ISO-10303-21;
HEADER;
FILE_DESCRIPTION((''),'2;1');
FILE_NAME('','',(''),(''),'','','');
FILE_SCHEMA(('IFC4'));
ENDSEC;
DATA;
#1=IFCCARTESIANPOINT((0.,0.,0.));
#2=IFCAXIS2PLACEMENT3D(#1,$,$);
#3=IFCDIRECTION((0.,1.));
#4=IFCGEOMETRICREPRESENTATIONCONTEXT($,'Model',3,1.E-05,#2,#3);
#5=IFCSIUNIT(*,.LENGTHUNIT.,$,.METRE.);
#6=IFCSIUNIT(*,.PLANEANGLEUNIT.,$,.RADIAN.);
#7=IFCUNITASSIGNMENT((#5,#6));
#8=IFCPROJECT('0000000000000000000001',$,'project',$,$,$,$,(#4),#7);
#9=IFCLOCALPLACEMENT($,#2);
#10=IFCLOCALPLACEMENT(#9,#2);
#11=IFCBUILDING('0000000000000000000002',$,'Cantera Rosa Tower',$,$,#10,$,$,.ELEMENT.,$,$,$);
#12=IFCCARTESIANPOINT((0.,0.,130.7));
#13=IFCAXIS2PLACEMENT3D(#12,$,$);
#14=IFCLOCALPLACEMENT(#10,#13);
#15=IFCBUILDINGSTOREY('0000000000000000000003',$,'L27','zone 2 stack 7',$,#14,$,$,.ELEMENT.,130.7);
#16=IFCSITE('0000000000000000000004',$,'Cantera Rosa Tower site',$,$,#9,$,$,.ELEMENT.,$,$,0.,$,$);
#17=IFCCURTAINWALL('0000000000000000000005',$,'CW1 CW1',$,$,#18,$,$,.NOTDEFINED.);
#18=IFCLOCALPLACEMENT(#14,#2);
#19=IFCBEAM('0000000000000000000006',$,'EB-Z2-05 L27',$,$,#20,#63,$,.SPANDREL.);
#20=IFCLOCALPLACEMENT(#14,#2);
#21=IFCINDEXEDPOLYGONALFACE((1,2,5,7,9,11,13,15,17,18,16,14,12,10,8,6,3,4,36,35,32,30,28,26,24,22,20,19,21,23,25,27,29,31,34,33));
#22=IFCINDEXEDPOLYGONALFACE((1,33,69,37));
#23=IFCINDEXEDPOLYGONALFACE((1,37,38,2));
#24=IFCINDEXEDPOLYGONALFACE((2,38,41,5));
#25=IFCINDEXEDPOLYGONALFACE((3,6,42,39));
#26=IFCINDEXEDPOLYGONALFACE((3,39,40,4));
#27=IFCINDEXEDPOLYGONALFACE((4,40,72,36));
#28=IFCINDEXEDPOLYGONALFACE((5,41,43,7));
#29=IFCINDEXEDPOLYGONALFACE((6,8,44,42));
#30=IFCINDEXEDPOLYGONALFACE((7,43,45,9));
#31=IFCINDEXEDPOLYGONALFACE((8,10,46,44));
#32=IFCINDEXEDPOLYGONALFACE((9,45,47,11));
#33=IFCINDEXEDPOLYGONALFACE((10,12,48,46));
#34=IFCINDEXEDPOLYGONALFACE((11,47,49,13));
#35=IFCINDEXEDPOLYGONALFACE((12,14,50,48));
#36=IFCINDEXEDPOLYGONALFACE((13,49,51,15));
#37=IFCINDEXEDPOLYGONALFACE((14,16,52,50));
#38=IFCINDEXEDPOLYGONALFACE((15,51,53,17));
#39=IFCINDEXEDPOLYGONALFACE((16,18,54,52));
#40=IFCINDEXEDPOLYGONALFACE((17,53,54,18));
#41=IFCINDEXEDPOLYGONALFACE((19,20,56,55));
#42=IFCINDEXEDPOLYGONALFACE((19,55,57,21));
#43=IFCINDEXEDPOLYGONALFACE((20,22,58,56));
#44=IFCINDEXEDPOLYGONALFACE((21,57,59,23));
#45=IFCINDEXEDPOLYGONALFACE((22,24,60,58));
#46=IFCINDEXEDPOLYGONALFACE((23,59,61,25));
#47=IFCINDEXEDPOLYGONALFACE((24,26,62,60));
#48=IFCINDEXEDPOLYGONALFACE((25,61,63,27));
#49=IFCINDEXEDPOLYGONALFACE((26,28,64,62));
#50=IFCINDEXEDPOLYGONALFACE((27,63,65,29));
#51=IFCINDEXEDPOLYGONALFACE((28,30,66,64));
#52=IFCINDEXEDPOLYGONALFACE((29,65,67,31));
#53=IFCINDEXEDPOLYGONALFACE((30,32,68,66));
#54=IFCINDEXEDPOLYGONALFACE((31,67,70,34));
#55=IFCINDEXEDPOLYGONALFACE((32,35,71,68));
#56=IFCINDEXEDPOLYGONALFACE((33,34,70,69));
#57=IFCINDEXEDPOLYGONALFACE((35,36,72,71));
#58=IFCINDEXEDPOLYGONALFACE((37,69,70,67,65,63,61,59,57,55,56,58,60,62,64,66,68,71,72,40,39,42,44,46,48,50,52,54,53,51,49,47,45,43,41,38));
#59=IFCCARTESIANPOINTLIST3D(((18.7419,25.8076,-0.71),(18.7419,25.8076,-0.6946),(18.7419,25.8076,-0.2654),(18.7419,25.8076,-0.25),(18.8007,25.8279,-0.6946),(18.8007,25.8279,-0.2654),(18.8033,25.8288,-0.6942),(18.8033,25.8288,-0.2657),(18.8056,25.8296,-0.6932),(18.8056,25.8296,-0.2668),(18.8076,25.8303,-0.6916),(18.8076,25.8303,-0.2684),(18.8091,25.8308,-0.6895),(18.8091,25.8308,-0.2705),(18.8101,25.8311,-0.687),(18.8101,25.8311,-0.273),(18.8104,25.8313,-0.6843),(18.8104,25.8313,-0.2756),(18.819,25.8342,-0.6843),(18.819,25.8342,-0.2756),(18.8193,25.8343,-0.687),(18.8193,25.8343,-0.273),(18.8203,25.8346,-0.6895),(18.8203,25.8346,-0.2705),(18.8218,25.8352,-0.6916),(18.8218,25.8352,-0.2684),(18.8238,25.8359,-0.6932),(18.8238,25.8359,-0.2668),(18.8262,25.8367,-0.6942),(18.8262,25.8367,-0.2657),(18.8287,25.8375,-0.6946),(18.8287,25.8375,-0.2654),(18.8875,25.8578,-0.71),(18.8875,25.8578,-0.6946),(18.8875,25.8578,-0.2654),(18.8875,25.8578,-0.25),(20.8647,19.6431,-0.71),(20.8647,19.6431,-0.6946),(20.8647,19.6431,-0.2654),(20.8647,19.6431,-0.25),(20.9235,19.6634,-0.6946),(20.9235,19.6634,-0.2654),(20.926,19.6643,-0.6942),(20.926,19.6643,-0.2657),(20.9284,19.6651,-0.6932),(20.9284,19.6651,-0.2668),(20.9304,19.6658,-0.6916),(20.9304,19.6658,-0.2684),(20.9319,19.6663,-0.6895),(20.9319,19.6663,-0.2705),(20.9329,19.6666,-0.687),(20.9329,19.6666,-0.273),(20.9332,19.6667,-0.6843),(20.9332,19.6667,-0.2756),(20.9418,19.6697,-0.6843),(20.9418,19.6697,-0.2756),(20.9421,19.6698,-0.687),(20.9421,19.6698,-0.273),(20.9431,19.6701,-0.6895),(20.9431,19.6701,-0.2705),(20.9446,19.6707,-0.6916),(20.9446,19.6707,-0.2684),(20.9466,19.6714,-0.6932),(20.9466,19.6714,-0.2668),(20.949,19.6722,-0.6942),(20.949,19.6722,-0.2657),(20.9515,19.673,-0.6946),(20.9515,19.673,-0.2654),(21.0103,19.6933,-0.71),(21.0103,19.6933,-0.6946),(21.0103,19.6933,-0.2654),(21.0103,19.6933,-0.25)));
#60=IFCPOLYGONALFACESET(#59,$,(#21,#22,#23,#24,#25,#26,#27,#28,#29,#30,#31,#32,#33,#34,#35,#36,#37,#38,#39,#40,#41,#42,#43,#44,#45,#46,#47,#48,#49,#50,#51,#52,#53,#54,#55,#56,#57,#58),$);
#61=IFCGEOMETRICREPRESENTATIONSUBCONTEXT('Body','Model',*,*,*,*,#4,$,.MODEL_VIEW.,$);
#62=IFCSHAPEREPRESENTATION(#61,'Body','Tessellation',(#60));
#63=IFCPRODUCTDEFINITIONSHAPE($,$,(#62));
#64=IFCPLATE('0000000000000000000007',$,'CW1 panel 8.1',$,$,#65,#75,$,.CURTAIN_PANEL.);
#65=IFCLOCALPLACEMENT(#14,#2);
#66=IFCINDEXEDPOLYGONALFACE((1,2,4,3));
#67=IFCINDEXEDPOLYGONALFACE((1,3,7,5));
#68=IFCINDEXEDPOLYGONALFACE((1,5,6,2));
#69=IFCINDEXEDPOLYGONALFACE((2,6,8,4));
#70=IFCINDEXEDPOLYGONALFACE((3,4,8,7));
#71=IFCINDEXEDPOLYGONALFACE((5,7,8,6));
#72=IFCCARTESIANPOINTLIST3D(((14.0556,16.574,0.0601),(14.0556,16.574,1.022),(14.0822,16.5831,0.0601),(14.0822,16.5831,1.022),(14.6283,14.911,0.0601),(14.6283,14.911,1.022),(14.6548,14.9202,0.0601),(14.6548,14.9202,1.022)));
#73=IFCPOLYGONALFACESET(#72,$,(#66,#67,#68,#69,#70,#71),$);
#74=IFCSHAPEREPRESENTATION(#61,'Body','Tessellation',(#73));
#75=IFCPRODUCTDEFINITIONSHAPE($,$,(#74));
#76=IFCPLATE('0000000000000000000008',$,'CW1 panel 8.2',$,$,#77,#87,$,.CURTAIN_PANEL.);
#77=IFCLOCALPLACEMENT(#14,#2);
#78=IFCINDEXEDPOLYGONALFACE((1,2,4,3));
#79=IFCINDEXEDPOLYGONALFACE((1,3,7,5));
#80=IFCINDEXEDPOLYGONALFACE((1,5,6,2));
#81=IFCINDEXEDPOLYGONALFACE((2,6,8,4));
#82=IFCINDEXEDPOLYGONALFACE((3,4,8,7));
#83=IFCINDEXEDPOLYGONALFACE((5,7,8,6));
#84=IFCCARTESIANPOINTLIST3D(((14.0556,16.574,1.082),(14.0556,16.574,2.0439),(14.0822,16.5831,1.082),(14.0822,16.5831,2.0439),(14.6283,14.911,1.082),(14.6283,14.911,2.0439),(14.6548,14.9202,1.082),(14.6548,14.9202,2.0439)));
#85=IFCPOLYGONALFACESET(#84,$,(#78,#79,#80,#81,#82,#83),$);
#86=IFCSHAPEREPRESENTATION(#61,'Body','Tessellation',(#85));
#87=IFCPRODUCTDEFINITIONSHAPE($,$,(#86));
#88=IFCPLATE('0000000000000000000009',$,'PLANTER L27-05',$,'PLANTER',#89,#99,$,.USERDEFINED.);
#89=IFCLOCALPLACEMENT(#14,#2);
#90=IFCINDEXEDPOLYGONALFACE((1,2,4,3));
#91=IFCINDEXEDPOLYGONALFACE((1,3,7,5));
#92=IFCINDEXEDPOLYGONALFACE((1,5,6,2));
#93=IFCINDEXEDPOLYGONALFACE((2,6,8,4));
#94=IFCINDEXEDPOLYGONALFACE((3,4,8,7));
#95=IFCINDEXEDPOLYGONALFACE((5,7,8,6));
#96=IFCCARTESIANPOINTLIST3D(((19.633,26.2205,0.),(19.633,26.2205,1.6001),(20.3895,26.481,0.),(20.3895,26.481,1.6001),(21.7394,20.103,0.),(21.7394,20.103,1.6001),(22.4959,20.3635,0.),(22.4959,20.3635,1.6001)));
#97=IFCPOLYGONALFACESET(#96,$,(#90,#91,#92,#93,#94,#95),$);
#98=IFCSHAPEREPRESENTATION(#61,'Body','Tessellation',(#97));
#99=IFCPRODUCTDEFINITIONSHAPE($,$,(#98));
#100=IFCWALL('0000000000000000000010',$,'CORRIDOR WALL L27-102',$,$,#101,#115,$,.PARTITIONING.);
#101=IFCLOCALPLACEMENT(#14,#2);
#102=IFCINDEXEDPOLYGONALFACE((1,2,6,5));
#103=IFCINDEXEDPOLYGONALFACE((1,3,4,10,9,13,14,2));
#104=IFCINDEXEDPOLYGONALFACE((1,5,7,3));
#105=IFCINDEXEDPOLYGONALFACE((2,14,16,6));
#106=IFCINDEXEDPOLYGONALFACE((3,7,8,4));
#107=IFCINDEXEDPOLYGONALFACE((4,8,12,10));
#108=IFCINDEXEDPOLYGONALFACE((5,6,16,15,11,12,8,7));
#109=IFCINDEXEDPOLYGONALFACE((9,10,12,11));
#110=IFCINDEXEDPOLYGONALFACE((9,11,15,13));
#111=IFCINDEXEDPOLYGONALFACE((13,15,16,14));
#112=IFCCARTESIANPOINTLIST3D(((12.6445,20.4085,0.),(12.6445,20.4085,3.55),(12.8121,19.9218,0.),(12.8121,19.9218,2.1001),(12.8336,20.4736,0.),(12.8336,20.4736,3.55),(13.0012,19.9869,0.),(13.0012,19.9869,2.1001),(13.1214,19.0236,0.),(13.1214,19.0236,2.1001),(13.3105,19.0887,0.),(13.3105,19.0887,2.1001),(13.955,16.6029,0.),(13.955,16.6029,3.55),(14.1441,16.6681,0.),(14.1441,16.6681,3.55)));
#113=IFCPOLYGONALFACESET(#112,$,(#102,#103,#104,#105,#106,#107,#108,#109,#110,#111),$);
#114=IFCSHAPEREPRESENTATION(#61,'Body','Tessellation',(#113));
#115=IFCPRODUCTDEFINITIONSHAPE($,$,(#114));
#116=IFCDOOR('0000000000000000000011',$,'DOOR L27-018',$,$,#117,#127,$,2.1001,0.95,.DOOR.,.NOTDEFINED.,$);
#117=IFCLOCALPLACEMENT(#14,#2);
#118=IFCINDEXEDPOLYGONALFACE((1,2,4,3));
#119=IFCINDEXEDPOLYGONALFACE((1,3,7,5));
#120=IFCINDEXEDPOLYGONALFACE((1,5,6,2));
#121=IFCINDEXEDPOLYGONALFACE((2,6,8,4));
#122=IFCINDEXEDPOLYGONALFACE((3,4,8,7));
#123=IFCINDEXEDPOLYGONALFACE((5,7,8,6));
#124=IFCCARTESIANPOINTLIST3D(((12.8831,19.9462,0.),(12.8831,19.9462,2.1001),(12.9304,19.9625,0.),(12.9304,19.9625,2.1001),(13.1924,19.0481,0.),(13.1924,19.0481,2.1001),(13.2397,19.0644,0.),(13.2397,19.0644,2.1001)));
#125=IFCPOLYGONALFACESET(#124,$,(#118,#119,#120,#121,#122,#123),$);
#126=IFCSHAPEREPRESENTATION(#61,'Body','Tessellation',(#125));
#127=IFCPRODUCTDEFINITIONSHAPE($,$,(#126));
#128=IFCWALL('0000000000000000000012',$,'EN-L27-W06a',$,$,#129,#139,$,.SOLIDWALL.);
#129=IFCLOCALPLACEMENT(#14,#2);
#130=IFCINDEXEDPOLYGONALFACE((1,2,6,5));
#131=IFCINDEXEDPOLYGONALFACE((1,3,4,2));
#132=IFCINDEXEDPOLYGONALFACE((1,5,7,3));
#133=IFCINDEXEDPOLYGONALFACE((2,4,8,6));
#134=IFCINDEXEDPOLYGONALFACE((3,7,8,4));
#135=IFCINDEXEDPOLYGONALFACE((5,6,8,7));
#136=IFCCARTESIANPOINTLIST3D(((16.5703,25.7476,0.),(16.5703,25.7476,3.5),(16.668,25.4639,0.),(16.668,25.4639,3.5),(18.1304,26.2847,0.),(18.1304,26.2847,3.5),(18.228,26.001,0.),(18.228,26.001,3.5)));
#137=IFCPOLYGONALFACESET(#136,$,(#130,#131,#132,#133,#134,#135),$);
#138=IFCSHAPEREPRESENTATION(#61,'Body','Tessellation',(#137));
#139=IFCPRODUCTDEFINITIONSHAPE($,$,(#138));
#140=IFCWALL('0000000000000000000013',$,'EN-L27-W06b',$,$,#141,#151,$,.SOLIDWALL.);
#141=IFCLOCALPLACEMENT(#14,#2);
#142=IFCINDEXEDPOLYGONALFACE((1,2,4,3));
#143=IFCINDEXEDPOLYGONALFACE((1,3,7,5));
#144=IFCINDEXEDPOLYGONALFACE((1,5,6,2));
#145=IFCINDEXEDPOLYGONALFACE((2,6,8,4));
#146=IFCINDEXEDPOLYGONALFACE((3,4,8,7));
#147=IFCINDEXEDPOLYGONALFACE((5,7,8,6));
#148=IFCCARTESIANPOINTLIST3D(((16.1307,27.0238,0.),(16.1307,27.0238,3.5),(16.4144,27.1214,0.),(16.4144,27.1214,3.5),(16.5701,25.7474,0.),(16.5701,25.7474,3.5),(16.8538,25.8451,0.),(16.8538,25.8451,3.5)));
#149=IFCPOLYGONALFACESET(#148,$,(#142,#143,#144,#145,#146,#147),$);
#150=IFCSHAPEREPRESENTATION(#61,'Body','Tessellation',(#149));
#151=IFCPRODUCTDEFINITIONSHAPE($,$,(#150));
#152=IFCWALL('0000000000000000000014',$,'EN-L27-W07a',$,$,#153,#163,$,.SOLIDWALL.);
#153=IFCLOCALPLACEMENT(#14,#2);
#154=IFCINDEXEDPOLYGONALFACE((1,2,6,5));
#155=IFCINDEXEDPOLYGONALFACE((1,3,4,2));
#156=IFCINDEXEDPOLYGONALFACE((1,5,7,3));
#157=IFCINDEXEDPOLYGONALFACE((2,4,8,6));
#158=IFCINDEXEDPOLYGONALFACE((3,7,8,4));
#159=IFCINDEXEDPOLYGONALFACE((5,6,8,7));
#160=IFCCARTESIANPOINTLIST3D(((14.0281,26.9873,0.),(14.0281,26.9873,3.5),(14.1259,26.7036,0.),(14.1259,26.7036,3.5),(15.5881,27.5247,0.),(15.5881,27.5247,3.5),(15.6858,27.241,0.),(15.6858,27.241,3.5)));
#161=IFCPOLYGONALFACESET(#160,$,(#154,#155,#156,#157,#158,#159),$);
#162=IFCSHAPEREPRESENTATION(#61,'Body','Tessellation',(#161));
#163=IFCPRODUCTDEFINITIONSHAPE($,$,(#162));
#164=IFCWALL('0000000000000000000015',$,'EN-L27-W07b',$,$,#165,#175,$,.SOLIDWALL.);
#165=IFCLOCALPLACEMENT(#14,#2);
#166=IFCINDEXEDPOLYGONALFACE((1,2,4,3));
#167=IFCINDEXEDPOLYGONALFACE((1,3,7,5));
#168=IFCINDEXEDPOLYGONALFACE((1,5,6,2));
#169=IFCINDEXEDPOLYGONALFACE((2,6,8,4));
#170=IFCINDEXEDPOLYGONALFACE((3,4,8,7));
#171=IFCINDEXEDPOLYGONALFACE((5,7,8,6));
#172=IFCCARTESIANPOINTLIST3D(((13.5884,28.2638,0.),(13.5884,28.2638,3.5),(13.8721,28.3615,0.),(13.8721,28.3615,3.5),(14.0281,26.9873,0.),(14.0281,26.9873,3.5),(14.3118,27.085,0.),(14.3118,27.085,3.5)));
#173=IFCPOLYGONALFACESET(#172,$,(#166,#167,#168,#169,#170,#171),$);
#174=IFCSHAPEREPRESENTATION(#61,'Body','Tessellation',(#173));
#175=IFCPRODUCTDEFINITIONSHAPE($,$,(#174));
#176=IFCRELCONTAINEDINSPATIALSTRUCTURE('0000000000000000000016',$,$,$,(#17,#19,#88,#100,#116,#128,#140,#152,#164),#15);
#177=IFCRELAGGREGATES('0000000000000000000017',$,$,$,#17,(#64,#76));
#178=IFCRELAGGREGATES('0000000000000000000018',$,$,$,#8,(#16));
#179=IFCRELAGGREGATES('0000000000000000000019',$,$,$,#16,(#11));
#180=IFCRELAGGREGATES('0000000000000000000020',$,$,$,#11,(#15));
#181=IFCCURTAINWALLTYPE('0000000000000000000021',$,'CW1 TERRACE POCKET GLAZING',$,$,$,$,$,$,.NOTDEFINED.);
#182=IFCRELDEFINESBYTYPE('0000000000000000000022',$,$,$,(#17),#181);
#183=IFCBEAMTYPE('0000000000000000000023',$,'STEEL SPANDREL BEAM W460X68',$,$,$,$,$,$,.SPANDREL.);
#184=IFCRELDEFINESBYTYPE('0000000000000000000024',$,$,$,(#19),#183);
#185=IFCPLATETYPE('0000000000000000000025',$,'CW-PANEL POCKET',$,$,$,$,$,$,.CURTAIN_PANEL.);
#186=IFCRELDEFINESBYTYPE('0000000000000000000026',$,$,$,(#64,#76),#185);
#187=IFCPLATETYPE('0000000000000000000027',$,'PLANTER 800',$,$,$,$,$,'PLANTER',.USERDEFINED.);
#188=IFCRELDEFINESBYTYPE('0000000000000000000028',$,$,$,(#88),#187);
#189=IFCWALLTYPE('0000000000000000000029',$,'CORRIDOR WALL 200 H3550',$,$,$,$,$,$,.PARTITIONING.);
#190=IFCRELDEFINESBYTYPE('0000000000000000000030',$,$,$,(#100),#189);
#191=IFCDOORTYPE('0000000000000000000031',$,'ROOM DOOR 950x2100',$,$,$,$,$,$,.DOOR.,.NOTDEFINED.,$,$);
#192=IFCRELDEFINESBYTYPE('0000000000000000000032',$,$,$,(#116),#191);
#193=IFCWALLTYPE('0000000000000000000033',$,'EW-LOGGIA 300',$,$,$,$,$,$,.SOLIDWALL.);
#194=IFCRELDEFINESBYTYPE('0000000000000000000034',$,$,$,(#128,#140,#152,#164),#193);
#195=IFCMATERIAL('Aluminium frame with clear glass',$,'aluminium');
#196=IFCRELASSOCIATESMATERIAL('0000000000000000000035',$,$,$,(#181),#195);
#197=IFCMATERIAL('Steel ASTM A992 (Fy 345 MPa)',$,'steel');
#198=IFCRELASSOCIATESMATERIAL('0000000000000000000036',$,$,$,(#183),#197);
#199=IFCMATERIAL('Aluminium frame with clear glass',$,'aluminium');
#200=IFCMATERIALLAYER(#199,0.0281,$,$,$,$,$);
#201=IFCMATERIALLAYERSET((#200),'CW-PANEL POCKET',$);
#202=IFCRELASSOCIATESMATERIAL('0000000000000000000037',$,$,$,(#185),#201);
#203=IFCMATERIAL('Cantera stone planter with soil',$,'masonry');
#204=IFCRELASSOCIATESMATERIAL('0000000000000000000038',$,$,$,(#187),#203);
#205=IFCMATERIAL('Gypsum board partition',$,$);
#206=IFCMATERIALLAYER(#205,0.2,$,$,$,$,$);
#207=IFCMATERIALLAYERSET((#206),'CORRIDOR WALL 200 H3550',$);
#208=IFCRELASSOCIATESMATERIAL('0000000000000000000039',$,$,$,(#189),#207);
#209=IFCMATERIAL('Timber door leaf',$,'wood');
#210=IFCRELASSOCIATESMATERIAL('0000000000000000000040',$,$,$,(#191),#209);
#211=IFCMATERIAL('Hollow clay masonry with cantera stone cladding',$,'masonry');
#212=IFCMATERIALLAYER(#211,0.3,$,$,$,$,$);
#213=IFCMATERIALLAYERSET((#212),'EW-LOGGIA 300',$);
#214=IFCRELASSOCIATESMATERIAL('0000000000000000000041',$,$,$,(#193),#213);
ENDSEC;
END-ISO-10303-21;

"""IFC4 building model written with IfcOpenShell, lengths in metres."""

from ifc_helpers import new_model, si_unit, direction, frame, frame_2d, origin, origin_2d, place, context, subcontext, project, spatial, rectangle, i_section, extrude, material, layer, layer_set, material_profile, profile_set, type_object, element, fill, aggregate, save


model = new_model("IFC4")

# Units and contexts
model_context = context("Model", 3, precision=1e-05, world=origin(), true_north=direction((0.0, 1.0)))
body_context = subcontext(model_context, "Body", "Model", "MODEL_VIEW")
ifc_project = project(units=[si_unit("LENGTHUNIT", "METRE"), si_unit("PLANEANGLEUNIT", "RADIAN")], contexts=[model_context])

# Site, building, storey
site_placement = place(None, origin())
site = spatial("IfcSite", under=ifc_project, at=site_placement, Name="Cantera Rosa Tower site", CompositionType="ELEMENT", RefElevation=0.0)
building_placement = place(site_placement, origin())
building = spatial("IfcBuilding", under=site, at=building_placement, Name="Cantera Rosa Tower", CompositionType="ELEMENT")
storey_placement = place(building_placement, frame((0.0, 0.0, 130.7)))
storey = spatial("IfcBuildingStorey", under=building, at=storey_placement, Name="L27", Description="zone 2 stack 7", CompositionType="ELEMENT", Elevation=130.7)

# Curtain wall
ifc_material_1 = material(Name="Aluminium frame with clear glass", Category="aluminium")
curtain_wall_type = type_object("IfcCurtainWallType", Name="CW1 TERRACE POCKET GLAZING", PredefinedType="NOTDEFINED", material=ifc_material_1)
curtain_wall_placement = place(storey_placement, origin())
curtain_wall = element("IfcCurtainWall", 1, at=curtain_wall_placement, inside=storey, type_object=curtain_wall_type, Name="CW1 CW1", PredefinedType="NOTDEFINED")

# Beam
ifc_material_2 = material(Name="Steel ASTM A992 (Fy 345 MPa)", Category="steel")
ifc_material_profile_1 = material_profile(ifc_material_2, i_section(OverallWidth=0.1541, OverallDepth=0.46, WebThickness=0.009, FlangeThickness=0.0154, FilletRadius=0.0103, at=origin_2d()), Name="W460X68")
ifc_profile_set_1 = profile_set([ifc_material_profile_1], Name="Steel ASTM A992 (Fy 345 MPa)")
beam_type_1 = type_object("IfcBeamType", Name="STEEL SPANDREL BEAM W460X68", PredefinedType="SPANDREL", material=ifc_profile_set_1)
beam_1_placement = place(storey_placement, frame((20.9375, 19.6682, -0.48), z_axis=(-0.325593, 0.94551, 0.0), x_axis=(-0.94551, -0.325593, 0.0)))
element("IfcBeam", 2, at=beam_1_placement, inside=storey, type_object=beam_type_1, Name="EB-Z2-05 L27", PredefinedType="SPANDREL", context=body_context, shape_type="SweptSolid", body=[
    extrude(i_section(OverallWidth=0.1541, OverallDepth=0.46, WebThickness=0.009, FlangeThickness=0.0154, FilletRadius=0.0103, at=origin_2d()), origin(), (0.0, 0.0, 1.0), 6.5198),
])

# Plates
ifc_material_3 = material(Name="Aluminium frame with clear glass", Category="aluminium")
ifc_layer_1 = layer(ifc_material_3, 0.0281)
ifc_layer_set_1 = layer_set([ifc_layer_1], Name="CW-PANEL POCKET")
plate_type_1 = type_object("IfcPlateType", Name="CW-PANEL POCKET", PredefinedType="CURTAIN_PANEL", material=ifc_layer_set_1)
plate_1_placement = place(storey_placement, frame((14.3552, 15.7471, 0.0601), z_axis=(0.0, 0.0, 1.0), x_axis=(-0.325568, 0.945519, 0.0)))
plate_1 = element("IfcPlate", 3, at=plate_1_placement, type_object=plate_type_1, Name="CW1 panel 8.1", PredefinedType="CURTAIN_PANEL", context=body_context, shape_type="SweptSolid", body=[
    extrude(rectangle(XDim=1.7588, YDim=0.0281, at=origin_2d()), origin(), (0.0, 0.0, 1.0), 0.9619),
])
plate_2_placement = place(storey_placement, frame((14.3552, 15.7471, 1.082), z_axis=(0.0, 0.0, 1.0), x_axis=(-0.325568, 0.945519, 0.0)))
plate_2 = element("IfcPlate", 4, at=plate_2_placement, type_object=plate_type_1, Name="CW1 panel 8.2", PredefinedType="CURTAIN_PANEL", context=body_context, shape_type="SweptSolid", body=[
    extrude(rectangle(XDim=1.7588, YDim=0.0281, at=origin_2d()), origin(), (0.0, 0.0, 1.0), 0.9619),
])
aggregate(curtain_wall, [plate_1, plate_2])
ifc_material_4 = material(Name="Cantera stone planter with soil", Category="masonry")
plate_type_2 = type_object("IfcPlateType", Name="PLANTER 800", ElementType="PLANTER", PredefinedType="USERDEFINED", material=ifc_material_4)
plate_3_placement = place(storey_placement, frame((21.0645, 23.292, 0.0), z_axis=(0.0, 0.0, 1.0), x_axis=(-0.325568, 0.945519, 0.0)))
element("IfcPlate", 5, at=plate_3_placement, inside=storey, type_object=plate_type_2, Name="PLANTER L27-05", ObjectType="PLANTER", PredefinedType="USERDEFINED", context=body_context, shape_type="SweptSolid", body=[
    extrude(rectangle(XDim=6.47, YDim=0.8, at=origin_2d()), origin(), (0.0, 0.0, 1.0), 1.6001),
])

# Wall, opening, door
ifc_material_5 = material(Name="Gypsum board partition")
ifc_layer_2 = layer(ifc_material_5, 0.2)
ifc_layer_set_2 = layer_set([ifc_layer_2], Name="CORRIDOR WALL 200 H3550")
wall_type_1 = type_object("IfcWallType", Name="CORRIDOR WALL 200 H3550", PredefinedType="PARTITIONING", material=ifc_layer_set_2)
wall_1_placement = place(storey_placement, frame((14.0496, 16.6355, 0.0), z_axis=(0.0, 0.0, 1.0), x_axis=(-0.325602, 0.945507, 0.0)))
wall_1 = element("IfcWall", 6, at=wall_1_placement, inside=storey, type_object=wall_type_1, Name="CORRIDOR WALL L27-102", PredefinedType="PARTITIONING", context=body_context, shape_type="SweptSolid", body=[
    extrude(rectangle(XDim=4.0249, YDim=0.2, at=frame_2d((2.0125, 0.0))), origin(), (0.0, 0.0, 1.0), 3.55),
])
opening_1_placement = place(wall_1_placement, frame((2.5601, 0.0, 0.0)))
opening_1 = element("IfcOpeningElement", 7, at=opening_1_placement, cuts=wall_1, PredefinedType="OPENING", context=body_context, shape_type="SweptSolid", body=[
    extrude(rectangle(XDim=0.95, YDim=2.1001, at=frame_2d((0.4751, 1.05))), frame((0.0, 0.1099, 0.0), z_axis=(0.0, -1.0, 0.0), x_axis=(1.0, 0.0, 0.0)), (0.0, 0.0, 1.0), 0.22),
])
ifc_material_6 = material(Name="Timber door leaf", Category="wood")
door_type_1 = type_object("IfcDoorType", Name="ROOM DOOR 950x2100", OperationType="NOTDEFINED", PredefinedType="DOOR", material=ifc_material_6)
door_1_placement = place(opening_1_placement, origin())
door_1 = element("IfcDoor", 8, at=door_1_placement, inside=storey, type_object=door_type_1, Name="DOOR L27-018", OperationType="NOTDEFINED", OverallHeight=2.1001, OverallWidth=0.95, PredefinedType="DOOR", context=body_context, shape_type="SweptSolid", body=[
    extrude(rectangle(XDim=0.95, YDim=2.1001, at=frame_2d((0.4751, 1.05))), frame((0.0, 0.0249, 0.0), z_axis=(0.0, -1.0, 0.0), x_axis=(1.0, 0.0, 0.0)), (0.0, 0.0, 1.0), 0.05),
])
fill(opening_1, door_1)

# Walls
ifc_material_7 = material(Name="Hollow clay masonry with cantera stone cladding", Category="masonry")
ifc_layer_3 = layer(ifc_material_7, 0.3)
ifc_layer_set_3 = layer_set([ifc_layer_3], Name="EW-LOGGIA 300")
wall_type_2 = type_object("IfcWallType", Name="EW-LOGGIA 300", PredefinedType="SOLIDWALL", material=ifc_layer_set_3)
wall_2_placement = place(storey_placement, frame((18.1792, 26.1428, 0.0), z_axis=(0.0, 0.0, 1.0), x_axis=(-0.94553, -0.325535, 0.0)))
element("IfcWall", 9, at=wall_2_placement, inside=storey, type_object=wall_type_2, Name="EN-L27-W06a", PredefinedType="SOLIDWALL", context=body_context, shape_type="SweptSolid", body=[
    extrude(rectangle(XDim=1.6499, YDim=0.3, at=frame_2d((0.825, 0.0))), origin(), (0.0, 0.0, 1.0), 3.5),
])
wall_3_placement = place(storey_placement, frame((16.7119, 25.7964, 0.0), z_axis=(0.0, 0.0, 1.0), x_axis=(-0.325545, 0.945527, 0.0)))
element("IfcWall", 10, at=wall_3_placement, inside=storey, type_object=wall_type_2, Name="EN-L27-W06b", PredefinedType="SOLIDWALL", context=body_context, shape_type="SweptSolid", body=[
    extrude(rectangle(XDim=1.3499, YDim=0.3, at=frame_2d((0.6748, 0.0))), origin(), (0.0, 0.0, 1.0), 3.5),
])
wall_4_placement = place(storey_placement, frame((15.637, 27.3828, 0.0), z_axis=(0.0, 0.0, 1.0), x_axis=(-0.945485, -0.325667, 0.0)))
element("IfcWall", 11, at=wall_4_placement, inside=storey, type_object=wall_type_2, Name="EN-L27-W07a", PredefinedType="SOLIDWALL", context=body_context, shape_type="SweptSolid", body=[
    extrude(rectangle(XDim=1.6499, YDim=0.3, at=frame_2d((0.825, 0.0))), origin(), (0.0, 0.0, 1.0), 3.5),
])
wall_5_placement = place(storey_placement, frame((14.1699, 27.0361, 0.0), z_axis=(0.0, 0.0, 1.0), x_axis=(-0.325651, 0.94549, 0.0)))
element("IfcWall", 12, at=wall_5_placement, inside=storey, type_object=wall_type_2, Name="EN-L27-W07b", PredefinedType="SOLIDWALL", context=body_context, shape_type="SweptSolid", body=[
    extrude(rectangle(XDim=1.3501, YDim=0.3, at=frame_2d((0.675, 0.0))), origin(), (0.0, 0.0, 1.0), 3.5),
])

save(model, "model.ifc")
